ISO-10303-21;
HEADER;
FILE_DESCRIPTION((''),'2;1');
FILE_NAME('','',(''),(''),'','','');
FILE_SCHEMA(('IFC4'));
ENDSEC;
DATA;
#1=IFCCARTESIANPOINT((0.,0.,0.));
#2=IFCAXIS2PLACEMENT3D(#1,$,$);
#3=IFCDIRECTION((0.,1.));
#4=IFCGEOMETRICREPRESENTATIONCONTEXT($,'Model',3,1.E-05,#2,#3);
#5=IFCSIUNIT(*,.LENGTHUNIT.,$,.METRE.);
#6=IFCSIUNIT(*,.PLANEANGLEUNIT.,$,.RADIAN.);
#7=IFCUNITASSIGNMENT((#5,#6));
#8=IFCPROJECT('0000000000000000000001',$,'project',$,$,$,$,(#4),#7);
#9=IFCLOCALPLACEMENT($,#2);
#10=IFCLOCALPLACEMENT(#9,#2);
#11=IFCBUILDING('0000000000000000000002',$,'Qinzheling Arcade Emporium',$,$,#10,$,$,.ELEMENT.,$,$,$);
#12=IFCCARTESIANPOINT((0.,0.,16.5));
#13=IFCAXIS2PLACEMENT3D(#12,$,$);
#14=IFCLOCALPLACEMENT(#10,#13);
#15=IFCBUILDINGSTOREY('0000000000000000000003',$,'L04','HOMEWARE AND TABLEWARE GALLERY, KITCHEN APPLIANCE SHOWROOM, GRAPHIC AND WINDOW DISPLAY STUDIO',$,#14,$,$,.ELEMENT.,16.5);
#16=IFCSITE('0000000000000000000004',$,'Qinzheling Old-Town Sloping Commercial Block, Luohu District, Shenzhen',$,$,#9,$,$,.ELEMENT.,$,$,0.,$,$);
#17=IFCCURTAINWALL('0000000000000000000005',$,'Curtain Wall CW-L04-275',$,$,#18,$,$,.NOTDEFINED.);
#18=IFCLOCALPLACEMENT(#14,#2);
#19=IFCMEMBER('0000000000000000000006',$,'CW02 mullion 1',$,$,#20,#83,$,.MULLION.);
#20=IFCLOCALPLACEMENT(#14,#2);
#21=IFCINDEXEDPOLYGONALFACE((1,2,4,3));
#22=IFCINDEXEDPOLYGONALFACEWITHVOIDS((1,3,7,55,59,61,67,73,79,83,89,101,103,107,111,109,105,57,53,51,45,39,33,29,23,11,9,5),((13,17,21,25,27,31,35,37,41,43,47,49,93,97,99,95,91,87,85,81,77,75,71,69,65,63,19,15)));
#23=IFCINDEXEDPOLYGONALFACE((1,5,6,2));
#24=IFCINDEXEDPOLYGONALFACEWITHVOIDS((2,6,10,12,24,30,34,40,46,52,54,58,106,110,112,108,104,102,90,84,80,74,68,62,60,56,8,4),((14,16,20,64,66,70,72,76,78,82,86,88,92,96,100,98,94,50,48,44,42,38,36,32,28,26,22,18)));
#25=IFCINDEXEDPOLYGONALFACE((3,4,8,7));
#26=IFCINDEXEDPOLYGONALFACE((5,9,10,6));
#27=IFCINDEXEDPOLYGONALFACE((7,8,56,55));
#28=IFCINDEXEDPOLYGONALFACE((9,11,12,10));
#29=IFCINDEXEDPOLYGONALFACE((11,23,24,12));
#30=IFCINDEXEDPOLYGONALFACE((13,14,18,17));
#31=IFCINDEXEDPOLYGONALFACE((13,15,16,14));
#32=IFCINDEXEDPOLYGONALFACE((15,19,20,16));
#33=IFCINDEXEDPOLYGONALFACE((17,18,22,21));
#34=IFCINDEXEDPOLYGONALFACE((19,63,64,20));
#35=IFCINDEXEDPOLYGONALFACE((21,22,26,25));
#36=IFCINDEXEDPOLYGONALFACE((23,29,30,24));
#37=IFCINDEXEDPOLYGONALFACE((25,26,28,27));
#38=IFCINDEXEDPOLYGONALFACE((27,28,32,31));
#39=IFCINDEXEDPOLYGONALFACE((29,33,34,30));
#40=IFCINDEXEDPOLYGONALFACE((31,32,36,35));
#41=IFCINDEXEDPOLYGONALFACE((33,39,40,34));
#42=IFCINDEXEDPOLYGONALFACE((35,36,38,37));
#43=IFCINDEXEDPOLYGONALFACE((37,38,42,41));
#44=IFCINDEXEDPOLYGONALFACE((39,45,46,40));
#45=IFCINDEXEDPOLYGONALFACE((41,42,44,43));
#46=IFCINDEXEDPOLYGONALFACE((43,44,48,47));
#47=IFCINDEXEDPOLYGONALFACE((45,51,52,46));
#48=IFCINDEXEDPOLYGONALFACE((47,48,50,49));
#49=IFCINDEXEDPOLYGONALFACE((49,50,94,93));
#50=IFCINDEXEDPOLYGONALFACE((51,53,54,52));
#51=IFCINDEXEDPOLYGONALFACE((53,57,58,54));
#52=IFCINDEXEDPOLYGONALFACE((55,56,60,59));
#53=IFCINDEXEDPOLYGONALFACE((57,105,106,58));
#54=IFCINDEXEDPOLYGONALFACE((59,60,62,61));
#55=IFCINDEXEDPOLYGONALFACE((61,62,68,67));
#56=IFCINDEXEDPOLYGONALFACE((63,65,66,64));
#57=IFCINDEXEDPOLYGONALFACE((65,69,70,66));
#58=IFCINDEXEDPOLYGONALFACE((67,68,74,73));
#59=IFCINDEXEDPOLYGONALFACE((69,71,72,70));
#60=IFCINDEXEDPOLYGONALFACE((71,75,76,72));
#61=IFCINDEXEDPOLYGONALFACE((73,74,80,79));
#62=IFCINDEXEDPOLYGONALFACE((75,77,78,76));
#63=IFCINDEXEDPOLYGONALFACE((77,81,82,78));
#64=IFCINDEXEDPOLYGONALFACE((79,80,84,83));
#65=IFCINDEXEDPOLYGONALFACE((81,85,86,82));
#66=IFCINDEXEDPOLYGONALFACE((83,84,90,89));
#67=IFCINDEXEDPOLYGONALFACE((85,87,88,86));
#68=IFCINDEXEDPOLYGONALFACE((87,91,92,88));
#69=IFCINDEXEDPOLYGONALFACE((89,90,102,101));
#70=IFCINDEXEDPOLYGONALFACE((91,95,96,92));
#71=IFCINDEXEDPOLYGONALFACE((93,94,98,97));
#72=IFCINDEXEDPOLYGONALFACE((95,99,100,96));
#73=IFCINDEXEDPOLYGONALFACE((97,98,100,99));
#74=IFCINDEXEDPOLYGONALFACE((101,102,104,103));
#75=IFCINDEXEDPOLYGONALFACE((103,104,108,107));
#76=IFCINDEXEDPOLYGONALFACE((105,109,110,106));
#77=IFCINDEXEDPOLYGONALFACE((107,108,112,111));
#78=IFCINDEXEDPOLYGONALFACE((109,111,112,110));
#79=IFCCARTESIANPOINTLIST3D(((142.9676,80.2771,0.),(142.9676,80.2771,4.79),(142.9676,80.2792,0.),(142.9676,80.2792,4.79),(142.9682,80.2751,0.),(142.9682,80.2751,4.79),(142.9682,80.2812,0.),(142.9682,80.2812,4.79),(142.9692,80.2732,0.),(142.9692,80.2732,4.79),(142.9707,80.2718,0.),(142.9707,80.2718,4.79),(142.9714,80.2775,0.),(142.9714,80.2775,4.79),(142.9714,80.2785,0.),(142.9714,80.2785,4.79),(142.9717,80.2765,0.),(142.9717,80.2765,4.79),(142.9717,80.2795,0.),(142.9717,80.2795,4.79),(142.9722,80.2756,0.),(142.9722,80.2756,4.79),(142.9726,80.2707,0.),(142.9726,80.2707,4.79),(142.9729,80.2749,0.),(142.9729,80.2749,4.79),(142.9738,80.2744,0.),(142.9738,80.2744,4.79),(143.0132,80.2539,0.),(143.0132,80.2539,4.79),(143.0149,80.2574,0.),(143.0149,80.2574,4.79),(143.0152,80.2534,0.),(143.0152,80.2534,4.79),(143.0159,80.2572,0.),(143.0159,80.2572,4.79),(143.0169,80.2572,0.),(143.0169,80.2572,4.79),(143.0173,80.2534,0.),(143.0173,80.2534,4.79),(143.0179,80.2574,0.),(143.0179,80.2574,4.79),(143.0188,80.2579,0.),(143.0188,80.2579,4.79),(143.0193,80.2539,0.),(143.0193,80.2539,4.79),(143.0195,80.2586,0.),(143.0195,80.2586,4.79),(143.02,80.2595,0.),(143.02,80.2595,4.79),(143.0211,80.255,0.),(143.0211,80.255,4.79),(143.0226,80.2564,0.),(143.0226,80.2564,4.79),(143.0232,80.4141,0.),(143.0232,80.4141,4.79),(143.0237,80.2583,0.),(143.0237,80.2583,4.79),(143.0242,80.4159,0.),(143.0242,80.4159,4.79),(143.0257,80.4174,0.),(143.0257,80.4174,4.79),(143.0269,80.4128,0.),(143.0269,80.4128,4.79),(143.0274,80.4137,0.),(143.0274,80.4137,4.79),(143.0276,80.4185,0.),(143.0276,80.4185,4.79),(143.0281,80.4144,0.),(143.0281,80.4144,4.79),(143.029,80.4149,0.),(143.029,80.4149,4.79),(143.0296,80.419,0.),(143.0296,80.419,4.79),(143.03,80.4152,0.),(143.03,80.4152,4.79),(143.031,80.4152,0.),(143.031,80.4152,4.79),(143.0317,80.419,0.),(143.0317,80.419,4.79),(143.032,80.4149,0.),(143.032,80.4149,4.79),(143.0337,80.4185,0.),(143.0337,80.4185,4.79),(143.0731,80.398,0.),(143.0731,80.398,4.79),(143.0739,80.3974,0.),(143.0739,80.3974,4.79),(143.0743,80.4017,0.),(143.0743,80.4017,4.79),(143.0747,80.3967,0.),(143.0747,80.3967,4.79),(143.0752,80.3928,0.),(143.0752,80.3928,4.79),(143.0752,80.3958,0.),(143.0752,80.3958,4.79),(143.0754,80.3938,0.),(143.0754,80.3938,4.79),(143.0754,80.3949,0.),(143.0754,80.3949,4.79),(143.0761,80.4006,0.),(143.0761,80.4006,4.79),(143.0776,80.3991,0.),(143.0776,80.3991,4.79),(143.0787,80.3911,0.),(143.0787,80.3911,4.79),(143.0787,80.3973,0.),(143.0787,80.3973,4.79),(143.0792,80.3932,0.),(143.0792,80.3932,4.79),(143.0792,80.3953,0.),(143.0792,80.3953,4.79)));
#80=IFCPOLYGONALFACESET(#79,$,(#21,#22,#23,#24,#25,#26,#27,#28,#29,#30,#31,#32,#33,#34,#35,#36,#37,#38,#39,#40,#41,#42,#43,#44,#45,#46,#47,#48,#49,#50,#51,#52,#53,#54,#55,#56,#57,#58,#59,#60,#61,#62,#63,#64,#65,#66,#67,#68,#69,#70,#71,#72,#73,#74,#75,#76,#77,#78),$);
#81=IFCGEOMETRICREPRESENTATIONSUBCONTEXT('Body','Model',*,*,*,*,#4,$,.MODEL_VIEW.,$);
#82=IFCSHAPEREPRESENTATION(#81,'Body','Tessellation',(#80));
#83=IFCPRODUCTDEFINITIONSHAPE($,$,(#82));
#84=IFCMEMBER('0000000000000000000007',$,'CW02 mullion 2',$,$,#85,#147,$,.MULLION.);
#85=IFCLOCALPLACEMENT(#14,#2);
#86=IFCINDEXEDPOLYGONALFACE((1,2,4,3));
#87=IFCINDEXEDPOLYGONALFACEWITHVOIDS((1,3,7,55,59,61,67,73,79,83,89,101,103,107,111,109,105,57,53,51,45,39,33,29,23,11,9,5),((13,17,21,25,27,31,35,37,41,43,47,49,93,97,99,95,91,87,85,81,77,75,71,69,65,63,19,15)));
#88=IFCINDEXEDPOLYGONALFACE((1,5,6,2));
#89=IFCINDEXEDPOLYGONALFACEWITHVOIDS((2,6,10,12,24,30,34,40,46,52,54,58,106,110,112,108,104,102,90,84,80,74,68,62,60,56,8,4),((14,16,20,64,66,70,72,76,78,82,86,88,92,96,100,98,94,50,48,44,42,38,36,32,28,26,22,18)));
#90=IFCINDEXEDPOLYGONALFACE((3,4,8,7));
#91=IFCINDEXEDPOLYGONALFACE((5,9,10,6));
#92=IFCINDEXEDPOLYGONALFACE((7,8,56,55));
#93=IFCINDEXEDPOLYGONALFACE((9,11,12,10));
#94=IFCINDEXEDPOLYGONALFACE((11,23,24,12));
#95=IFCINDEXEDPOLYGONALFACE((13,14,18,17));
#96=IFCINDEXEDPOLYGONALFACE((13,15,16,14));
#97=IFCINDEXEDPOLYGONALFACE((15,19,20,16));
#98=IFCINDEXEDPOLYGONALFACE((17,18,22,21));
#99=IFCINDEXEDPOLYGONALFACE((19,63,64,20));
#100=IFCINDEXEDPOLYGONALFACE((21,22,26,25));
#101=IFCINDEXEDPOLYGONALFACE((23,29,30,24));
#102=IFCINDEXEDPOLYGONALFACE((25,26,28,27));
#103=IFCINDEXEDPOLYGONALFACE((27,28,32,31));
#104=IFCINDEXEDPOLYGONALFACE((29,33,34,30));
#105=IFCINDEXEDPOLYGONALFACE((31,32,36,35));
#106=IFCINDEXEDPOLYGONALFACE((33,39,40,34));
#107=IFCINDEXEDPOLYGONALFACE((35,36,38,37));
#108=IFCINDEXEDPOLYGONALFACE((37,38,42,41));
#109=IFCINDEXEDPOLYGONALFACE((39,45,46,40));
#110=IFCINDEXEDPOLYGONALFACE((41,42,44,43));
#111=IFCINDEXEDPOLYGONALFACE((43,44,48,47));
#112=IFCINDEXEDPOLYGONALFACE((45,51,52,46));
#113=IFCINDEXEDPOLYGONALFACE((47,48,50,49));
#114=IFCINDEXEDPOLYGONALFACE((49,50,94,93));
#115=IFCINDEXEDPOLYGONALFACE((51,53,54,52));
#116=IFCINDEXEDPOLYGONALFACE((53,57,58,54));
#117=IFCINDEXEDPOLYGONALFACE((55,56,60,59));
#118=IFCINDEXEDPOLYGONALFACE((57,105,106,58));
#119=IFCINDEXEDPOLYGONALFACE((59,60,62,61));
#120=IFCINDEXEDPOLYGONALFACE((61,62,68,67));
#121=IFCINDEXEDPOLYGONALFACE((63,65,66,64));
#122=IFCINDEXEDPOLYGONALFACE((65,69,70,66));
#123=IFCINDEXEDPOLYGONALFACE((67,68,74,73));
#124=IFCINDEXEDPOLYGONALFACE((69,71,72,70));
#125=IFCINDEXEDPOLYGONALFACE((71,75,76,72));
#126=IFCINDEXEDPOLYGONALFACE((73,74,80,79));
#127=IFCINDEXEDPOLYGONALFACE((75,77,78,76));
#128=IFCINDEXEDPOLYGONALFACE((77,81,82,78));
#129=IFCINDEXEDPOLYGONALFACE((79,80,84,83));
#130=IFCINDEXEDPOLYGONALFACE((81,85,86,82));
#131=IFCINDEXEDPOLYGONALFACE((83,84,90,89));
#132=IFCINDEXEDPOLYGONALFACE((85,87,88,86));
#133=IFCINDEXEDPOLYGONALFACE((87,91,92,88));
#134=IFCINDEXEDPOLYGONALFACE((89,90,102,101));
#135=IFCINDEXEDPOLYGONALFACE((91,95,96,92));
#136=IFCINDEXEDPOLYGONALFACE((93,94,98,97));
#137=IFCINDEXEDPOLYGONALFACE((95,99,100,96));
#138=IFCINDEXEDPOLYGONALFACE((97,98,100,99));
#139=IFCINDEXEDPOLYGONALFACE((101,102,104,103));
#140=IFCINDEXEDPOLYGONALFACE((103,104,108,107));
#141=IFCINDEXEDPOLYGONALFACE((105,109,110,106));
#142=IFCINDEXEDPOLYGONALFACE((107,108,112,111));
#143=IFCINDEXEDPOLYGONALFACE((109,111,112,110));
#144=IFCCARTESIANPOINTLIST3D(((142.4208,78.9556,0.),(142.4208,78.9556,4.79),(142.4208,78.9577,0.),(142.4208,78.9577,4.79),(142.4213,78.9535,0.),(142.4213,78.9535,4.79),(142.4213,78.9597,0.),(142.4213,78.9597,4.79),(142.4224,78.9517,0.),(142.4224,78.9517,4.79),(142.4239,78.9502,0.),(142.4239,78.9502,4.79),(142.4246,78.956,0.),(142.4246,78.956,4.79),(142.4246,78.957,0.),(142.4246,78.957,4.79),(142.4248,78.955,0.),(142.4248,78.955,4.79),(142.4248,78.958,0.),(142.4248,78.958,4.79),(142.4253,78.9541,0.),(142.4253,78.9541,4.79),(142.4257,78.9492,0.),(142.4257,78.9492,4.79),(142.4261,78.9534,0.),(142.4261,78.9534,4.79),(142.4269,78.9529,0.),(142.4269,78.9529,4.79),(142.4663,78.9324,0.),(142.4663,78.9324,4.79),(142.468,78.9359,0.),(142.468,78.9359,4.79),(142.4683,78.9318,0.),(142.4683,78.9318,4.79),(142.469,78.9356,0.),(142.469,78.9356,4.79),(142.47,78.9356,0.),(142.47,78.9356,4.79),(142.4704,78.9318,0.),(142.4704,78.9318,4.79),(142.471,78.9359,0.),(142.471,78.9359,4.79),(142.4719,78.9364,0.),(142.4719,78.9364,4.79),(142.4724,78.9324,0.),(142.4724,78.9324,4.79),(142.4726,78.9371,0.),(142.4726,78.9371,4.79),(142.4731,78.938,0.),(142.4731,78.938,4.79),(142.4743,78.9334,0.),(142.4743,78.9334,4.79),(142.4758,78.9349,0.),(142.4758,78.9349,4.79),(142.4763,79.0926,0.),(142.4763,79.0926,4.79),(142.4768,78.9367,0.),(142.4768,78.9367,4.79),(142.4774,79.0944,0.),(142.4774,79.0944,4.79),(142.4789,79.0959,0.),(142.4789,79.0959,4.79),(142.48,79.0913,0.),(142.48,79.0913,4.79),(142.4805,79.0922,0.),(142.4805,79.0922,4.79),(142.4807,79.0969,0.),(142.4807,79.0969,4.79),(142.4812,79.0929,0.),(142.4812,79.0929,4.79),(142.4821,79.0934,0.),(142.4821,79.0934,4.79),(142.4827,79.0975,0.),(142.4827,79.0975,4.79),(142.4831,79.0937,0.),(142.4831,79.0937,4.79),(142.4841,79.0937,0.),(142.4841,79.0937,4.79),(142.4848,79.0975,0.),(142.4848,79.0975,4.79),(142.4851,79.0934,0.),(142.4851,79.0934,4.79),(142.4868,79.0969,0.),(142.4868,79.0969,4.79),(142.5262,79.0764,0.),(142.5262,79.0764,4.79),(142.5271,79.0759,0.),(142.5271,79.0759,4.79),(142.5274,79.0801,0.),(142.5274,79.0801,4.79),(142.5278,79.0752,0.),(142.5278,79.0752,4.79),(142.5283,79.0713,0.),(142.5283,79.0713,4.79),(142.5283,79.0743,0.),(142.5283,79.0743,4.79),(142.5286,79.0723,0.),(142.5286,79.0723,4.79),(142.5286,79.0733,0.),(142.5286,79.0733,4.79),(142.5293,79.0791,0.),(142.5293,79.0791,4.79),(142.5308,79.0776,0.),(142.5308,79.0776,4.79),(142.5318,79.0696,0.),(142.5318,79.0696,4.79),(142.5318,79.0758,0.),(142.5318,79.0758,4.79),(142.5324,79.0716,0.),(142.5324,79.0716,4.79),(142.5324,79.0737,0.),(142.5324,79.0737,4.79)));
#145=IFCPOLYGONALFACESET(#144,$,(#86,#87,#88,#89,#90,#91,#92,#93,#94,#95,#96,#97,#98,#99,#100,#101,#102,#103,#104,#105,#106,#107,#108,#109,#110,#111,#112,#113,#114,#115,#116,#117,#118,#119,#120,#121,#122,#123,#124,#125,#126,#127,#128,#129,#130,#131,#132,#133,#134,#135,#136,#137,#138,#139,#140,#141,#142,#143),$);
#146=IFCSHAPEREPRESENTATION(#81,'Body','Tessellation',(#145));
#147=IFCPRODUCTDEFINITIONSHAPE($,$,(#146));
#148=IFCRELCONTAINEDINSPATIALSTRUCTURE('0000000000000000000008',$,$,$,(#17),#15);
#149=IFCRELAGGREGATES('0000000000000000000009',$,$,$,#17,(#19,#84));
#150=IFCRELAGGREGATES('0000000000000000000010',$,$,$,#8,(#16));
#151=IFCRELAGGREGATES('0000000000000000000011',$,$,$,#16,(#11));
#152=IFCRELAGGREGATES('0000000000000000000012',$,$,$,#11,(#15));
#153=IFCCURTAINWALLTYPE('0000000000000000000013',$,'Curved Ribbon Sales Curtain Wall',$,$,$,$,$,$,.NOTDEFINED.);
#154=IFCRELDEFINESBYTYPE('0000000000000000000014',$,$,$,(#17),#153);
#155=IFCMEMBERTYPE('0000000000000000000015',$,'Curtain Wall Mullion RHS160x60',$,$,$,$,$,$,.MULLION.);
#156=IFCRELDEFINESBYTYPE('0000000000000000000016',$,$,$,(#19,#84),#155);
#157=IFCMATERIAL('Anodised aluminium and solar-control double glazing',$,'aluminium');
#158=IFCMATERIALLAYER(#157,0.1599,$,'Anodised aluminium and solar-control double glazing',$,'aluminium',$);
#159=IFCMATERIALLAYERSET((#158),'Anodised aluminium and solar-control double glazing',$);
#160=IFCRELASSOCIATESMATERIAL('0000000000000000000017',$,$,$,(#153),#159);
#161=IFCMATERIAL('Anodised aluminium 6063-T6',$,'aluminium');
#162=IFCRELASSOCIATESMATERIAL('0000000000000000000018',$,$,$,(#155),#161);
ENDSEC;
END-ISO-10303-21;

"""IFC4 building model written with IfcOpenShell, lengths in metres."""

from ifc_helpers import new_model, si_unit, direction, frame, origin, origin_2d, place, context, subcontext, project, spatial, hollow_rectangle, extrude, material, layer, layer_set, material_profile, profile_set, type_object, element, aggregate, save


model = new_model("IFC4")

# Units and contexts
model_context = context("Model", 3, precision=1e-05, world=origin(), true_north=direction((0.0, 1.0)))
body_context = subcontext(model_context, "Body", "Model", "MODEL_VIEW")
ifc_project = project(units=[si_unit("LENGTHUNIT", "METRE"), si_unit("PLANEANGLEUNIT", "RADIAN")], contexts=[model_context])

# Site, building, storey
site_placement = place(None, origin())
site = spatial("IfcSite", under=ifc_project, at=site_placement, Name="Qinzheling Old-Town Sloping Commercial Block, Luohu District, Shenzhen", CompositionType="ELEMENT", RefElevation=0.0)
building_placement = place(site_placement, origin())
building = spatial("IfcBuilding", under=site, at=building_placement, Name="Qinzheling Arcade Emporium", CompositionType="ELEMENT")
storey_placement = place(building_placement, frame((0.0, 0.0, 16.5)))
storey = spatial("IfcBuildingStorey", under=building, at=storey_placement, Name="L04", Description="HOMEWARE AND TABLEWARE GALLERY, KITCHEN APPLIANCE SHOWROOM, GRAPHIC AND WINDOW DISPLAY STUDIO", CompositionType="ELEMENT", Elevation=16.5)

# Curtain wall, members
ifc_material_1 = material(Name="Anodised aluminium and solar-control double glazing", Category="aluminium")
ifc_layer_1 = layer(ifc_material_1, 0.1599, Name="Anodised aluminium and solar-control double glazing", Category="aluminium")
ifc_layer_set_1 = layer_set([ifc_layer_1], Name="Anodised aluminium and solar-control double glazing")
curtain_wall_type = type_object("IfcCurtainWallType", Name="Curved Ribbon Sales Curtain Wall", PredefinedType="NOTDEFINED", material=ifc_layer_set_1)
ifc_material_2 = material(Name="Anodised aluminium 6063-T6", Category="aluminium")
ifc_material_profile_1 = material_profile(ifc_material_2, hollow_rectangle(XDim=0.0601, YDim=0.1599, WallThickness=0.0039, InnerFilletRadius=0.0039, OuterFilletRadius=0.0081, at=origin_2d()), Name="RHS 160x60x4", Category="aluminium")
ifc_profile_set_1 = profile_set([ifc_material_profile_1], Name="Anodised aluminium 6063-T6")
member_type_1 = type_object("IfcMemberType", Name="Curtain Wall Mullion RHS160x60", PredefinedType="MULLION", material=ifc_profile_set_1)
curtain_wall_1_placement = place(storey_placement, origin())
curtain_wall_1 = element("IfcCurtainWall", 1, at=curtain_wall_1_placement, inside=storey, type_object=curtain_wall_type, Name="Curtain Wall CW-L04-275", PredefinedType="NOTDEFINED")
member_1_placement = place(storey_placement, frame((143.0234, 80.3362, 0.0), z_axis=(0.0, 0.0, 1.0), x_axis=(0.923968, -0.38247, 0.0)))
member_1 = element("IfcMember", 2, at=member_1_placement, type_object=member_type_1, Name="CW02 mullion 1", PredefinedType="MULLION", context=body_context, shape_type="SweptSolid", body=[
    extrude(hollow_rectangle(XDim=0.0601, YDim=0.1599, WallThickness=0.0039, InnerFilletRadius=0.0039, OuterFilletRadius=0.0081, at=origin_2d()), origin(), (0.0, 0.0, 1.0), 4.79),
])
member_2_placement = place(storey_placement, frame((142.4766, 79.0146, 0.0), z_axis=(0.0, 0.0, 1.0), x_axis=(0.923968, -0.38247, 0.0)))
member_2 = element("IfcMember", 3, at=member_2_placement, type_object=member_type_1, Name="CW02 mullion 2", PredefinedType="MULLION", context=body_context, shape_type="SweptSolid", body=[
    extrude(hollow_rectangle(XDim=0.0601, YDim=0.1599, WallThickness=0.0039, InnerFilletRadius=0.0039, OuterFilletRadius=0.0081, at=origin_2d()), origin(), (0.0, 0.0, 1.0), 4.79),
])

aggregate(curtain_wall_1, [member_1, member_2])

save(model, "model.ifc")
